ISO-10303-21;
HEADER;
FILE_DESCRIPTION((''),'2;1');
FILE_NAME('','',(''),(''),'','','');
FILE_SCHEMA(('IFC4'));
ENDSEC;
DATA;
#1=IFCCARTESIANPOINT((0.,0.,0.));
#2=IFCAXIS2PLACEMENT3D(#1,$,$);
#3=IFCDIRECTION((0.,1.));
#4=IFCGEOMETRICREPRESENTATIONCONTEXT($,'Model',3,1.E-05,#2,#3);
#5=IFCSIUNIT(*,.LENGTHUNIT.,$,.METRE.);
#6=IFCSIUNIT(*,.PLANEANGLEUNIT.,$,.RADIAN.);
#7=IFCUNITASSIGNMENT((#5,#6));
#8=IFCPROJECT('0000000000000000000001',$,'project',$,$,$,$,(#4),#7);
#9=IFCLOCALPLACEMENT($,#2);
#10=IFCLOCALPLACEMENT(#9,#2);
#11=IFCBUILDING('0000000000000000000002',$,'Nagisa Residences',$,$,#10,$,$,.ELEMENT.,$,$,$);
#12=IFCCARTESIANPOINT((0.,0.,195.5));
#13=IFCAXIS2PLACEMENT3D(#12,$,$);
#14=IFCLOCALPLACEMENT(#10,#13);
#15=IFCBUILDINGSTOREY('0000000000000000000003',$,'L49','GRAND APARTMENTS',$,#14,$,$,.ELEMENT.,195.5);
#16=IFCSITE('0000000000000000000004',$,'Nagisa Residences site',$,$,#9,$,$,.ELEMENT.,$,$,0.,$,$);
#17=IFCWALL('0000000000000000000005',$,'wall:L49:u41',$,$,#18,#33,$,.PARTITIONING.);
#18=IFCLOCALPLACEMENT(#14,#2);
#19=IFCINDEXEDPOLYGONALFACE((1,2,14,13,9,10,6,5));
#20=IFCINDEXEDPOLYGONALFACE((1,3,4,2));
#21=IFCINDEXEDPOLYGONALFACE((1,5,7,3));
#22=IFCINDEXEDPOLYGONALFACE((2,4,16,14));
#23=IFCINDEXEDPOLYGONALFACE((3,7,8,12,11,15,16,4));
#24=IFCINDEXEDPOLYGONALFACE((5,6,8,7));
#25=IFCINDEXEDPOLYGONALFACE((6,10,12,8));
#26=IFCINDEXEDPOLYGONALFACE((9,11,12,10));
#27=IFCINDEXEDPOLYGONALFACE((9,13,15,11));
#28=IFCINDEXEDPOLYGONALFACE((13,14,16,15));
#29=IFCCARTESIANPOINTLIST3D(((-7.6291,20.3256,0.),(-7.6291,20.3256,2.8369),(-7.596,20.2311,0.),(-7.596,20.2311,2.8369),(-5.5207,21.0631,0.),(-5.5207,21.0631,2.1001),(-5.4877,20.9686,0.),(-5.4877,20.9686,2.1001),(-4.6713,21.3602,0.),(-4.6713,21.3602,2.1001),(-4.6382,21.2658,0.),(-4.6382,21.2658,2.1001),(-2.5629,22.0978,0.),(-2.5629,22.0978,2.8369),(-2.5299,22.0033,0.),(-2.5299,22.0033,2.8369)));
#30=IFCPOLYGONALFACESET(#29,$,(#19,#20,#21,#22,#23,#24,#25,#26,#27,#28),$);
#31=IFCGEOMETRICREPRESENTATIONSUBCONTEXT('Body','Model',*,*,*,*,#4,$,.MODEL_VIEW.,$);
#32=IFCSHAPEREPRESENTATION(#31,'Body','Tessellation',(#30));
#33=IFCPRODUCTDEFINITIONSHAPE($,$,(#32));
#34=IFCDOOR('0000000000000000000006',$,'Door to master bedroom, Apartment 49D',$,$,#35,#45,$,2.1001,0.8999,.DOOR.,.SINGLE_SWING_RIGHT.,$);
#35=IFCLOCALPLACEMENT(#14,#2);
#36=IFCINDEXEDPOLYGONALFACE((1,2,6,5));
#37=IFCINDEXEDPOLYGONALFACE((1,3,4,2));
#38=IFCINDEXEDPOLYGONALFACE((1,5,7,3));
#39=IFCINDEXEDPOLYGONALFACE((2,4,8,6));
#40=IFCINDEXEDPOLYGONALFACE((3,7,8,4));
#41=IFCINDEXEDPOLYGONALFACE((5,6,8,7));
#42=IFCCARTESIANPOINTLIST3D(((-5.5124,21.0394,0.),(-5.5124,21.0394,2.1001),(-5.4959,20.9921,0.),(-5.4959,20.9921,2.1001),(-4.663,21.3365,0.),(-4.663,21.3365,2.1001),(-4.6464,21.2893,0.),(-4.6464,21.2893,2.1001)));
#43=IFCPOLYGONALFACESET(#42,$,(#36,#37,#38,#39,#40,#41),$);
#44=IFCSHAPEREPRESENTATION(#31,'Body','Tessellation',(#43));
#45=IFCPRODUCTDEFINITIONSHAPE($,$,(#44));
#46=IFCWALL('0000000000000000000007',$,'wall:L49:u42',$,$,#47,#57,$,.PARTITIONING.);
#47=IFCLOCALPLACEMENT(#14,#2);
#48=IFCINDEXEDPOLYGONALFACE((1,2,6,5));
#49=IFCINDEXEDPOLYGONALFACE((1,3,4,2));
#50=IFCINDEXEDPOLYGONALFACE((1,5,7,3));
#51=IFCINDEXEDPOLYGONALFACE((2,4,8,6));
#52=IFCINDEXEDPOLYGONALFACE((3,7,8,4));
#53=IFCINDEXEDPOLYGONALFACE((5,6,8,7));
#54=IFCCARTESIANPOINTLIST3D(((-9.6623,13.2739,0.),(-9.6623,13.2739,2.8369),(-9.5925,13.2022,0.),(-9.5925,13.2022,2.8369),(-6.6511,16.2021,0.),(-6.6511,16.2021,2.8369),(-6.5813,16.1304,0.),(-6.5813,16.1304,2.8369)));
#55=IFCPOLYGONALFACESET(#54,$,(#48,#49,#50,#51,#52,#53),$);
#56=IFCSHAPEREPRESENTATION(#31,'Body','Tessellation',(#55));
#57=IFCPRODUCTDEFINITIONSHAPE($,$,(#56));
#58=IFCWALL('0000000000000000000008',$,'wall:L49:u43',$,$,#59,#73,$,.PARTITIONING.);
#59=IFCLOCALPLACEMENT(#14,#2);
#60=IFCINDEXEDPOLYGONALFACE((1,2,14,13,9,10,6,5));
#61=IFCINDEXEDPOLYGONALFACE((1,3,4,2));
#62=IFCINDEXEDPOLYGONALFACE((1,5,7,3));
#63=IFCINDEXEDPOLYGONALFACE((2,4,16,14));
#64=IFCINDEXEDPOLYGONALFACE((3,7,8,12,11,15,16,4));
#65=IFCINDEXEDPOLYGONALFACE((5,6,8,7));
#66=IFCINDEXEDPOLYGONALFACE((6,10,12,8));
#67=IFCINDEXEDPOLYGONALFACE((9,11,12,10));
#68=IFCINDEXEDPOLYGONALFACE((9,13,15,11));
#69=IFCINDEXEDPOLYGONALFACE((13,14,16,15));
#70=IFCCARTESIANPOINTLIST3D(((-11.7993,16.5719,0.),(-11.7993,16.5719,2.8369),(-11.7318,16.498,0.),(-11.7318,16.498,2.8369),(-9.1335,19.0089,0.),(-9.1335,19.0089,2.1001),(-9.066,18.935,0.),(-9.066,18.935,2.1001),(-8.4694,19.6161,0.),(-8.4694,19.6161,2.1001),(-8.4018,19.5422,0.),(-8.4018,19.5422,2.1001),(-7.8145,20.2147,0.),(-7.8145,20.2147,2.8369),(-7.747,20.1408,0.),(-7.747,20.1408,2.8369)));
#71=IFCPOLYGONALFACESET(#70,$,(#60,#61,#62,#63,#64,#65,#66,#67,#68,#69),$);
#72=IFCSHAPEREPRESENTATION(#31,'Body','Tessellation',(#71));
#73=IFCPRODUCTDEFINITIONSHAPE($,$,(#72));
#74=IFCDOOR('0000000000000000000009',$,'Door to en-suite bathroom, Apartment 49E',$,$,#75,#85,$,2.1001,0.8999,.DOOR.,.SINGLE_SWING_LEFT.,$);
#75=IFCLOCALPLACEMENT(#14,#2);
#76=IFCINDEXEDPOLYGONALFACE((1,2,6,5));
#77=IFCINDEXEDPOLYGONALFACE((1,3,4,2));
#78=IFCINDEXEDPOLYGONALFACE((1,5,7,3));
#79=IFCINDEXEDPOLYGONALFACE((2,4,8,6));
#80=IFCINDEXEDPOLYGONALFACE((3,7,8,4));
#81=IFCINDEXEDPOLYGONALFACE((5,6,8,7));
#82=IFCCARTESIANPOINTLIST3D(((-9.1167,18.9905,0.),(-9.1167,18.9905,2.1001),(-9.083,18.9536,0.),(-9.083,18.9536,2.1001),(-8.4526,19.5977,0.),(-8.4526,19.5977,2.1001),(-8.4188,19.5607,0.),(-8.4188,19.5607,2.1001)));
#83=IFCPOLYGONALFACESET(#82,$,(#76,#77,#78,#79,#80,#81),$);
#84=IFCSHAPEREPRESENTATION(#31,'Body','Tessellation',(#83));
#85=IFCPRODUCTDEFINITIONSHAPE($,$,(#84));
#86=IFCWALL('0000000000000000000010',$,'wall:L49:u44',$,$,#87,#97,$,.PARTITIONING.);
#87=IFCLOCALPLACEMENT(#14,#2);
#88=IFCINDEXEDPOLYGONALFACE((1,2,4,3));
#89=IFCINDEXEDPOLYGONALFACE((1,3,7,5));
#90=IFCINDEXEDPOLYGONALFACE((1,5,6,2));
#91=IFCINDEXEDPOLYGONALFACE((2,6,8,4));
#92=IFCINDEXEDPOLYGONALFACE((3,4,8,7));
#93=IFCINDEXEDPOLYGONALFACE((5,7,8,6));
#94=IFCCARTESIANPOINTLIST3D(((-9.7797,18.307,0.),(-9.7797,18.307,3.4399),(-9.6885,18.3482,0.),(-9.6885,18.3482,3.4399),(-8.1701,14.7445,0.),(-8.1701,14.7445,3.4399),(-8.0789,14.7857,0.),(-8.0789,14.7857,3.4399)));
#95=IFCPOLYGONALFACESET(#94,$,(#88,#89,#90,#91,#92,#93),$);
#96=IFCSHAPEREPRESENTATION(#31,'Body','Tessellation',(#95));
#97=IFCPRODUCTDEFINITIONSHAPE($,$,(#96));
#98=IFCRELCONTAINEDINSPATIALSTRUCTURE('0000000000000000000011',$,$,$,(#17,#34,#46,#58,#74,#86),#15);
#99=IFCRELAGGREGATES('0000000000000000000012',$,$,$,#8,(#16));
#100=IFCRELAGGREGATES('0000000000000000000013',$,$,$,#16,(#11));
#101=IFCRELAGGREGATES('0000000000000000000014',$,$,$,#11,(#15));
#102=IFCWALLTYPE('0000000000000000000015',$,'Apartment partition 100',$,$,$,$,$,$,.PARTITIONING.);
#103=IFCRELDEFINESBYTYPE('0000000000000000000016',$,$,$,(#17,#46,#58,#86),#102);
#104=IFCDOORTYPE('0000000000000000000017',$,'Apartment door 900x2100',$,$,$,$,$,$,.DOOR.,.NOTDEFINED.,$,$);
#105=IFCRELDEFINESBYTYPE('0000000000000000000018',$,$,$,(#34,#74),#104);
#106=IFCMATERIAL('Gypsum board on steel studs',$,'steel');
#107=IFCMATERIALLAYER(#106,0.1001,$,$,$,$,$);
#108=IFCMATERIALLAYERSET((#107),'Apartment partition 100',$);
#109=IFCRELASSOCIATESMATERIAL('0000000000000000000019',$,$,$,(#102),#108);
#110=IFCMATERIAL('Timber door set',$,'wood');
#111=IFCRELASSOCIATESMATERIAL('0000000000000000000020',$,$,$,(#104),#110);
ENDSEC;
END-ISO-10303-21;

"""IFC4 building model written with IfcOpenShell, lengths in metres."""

from ifc_helpers import new_model, si_unit, direction, frame, frame_2d, origin, place, context, subcontext, project, spatial, rectangle, extrude, material, layer, layer_set, type_object, element, fill, save


model = new_model("IFC4")

# Units and contexts
model_context = context("Model", 3, precision=1e-05, world=origin(), true_north=direction((0.0, 1.0)))
body_context = subcontext(model_context, "Body", "Model", "MODEL_VIEW")
ifc_project = project(units=[si_unit("LENGTHUNIT", "METRE"), si_unit("PLANEANGLEUNIT", "RADIAN")], contexts=[model_context])

# Site, building, storey
site_placement = place(None, origin())
site = spatial("IfcSite", under=ifc_project, at=site_placement, Name="Nagisa Residences site", CompositionType="ELEMENT", RefElevation=0.0)
building_placement = place(site_placement, origin())
building = spatial("IfcBuilding", under=site, at=building_placement, Name="Nagisa Residences", CompositionType="ELEMENT")
storey_placement = place(building_placement, frame((0.0, 0.0, 195.5)))
storey = spatial("IfcBuildingStorey", under=building, at=storey_placement, Name="L49", Description="GRAND APARTMENTS", CompositionType="ELEMENT", Elevation=195.5)

# Shared definitions
ifc_material_1 = material(Name="Gypsum board on steel studs", Category="steel")
ifc_layer_1 = layer(ifc_material_1, 0.1001)
ifc_layer_set_1 = layer_set([ifc_layer_1], Name="Apartment partition 100")
wall_type_1 = type_object("IfcWallType", Name="Apartment partition 100", PredefinedType="PARTITIONING", material=ifc_layer_set_1)

# Shared definitions
ifc_material_2 = material(Name="Timber door set", Category="wood")
door_type_1 = type_object("IfcDoorType", Name="Apartment door 900x2100", OperationType="NOTDEFINED", PredefinedType="DOOR", material=ifc_material_2)

# Wall, opening, door
wall_1_placement = place(storey_placement, frame((-2.5464, 22.0505, 0.0), z_axis=(0.0, 0.0, 1.0), x_axis=(-0.943913, -0.330194, 0.0)))
wall_1 = element("IfcWall", 1, at=wall_1_placement, inside=storey, type_object=wall_type_1, Name="wall:L49:u41", PredefinedType="PARTITIONING", context=body_context, shape_type="SweptSolid", body=[
    extrude(rectangle(XDim=5.3672, YDim=0.1001, at=frame_2d((2.6836, 0.0))), origin(), (0.0, 0.0, 1.0), 2.8369),
])
opening_1_placement = place(wall_1_placement, frame((2.2336, 0.0, 0.0)))
opening_1 = element("IfcOpeningElement", 2, at=opening_1_placement, cuts=wall_1, PredefinedType="OPENING", context=body_context, shape_type="SweptSolid", body=[
    extrude(rectangle(XDim=0.8999, YDim=2.1001, at=frame_2d((0.45, 1.05))), frame((0.0, 0.0601, 0.0), z_axis=(0.0, -1.0, 0.0), x_axis=(1.0, 0.0, 0.0)), (0.0, 0.0, 1.0), 0.1201),
])
door_1_placement = place(opening_1_placement, frame((0.8999, 0.0, 0.0), x_axis=(-1.0, 0.0, 0.0)))
door_1 = element("IfcDoor", 3, at=door_1_placement, inside=storey, type_object=door_type_1, Name="Door to master bedroom, Apartment 49D", OperationType="SINGLE_SWING_RIGHT", OverallHeight=2.1001, OverallWidth=0.8999, PredefinedType="DOOR", context=body_context, shape_type="SweptSolid", body=[
    extrude(rectangle(XDim=0.8999, YDim=2.1001, at=frame_2d((0.45, 1.05))), frame((0.0, 0.0249, 0.0), z_axis=(0.0, -1.0, 0.0), x_axis=(1.0, 0.0, 0.0)), (0.0, 0.0, 1.0), 0.05),
])
fill(opening_1, door_1)

# Wall
wall_2_placement = place(storey_placement, frame((-6.6162, 16.1663, 0.0), z_axis=(0.0, 0.0, 1.0), x_axis=(-0.716919, -0.697156, 0.0)))
element("IfcWall", 4, at=wall_2_placement, inside=storey, type_object=wall_type_1, Name="wall:L49:u42", PredefinedType="PARTITIONING", context=body_context, shape_type="SweptSolid", body=[
    extrude(rectangle(XDim=4.2002, YDim=0.1001, at=frame_2d((2.1001, 0.0))), origin(), (0.0, 0.0, 1.0), 2.8369),
])

# Wall, opening, door
wall_3_placement = place(storey_placement, frame((-7.7808, 20.1777, 0.0), z_axis=(0.0, 0.0, 1.0), x_axis=(-0.738073, -0.674721, 0.0)))
wall_3 = element("IfcWall", 5, at=wall_3_placement, inside=storey, type_object=wall_type_1, Name="wall:L49:u43", PredefinedType="PARTITIONING", context=body_context, shape_type="SweptSolid", body=[
    extrude(rectangle(XDim=5.3989, YDim=0.1001, at=frame_2d((2.6995, 0.0))), origin(), (0.0, 0.0, 1.0), 2.8369),
])
opening_2_placement = place(wall_3_placement, frame((0.8872, 0.0, 0.0)))
opening_2 = element("IfcOpeningElement", 6, at=opening_2_placement, cuts=wall_3, PredefinedType="OPENING", context=body_context, shape_type="SweptSolid", body=[
    extrude(rectangle(XDim=0.8999, YDim=2.1001, at=frame_2d((0.45, 1.05))), frame((0.0, 0.0601, 0.0), z_axis=(0.0, -1.0, 0.0), x_axis=(1.0, 0.0, 0.0)), (0.0, 0.0, 1.0), 0.1201),
])
door_2_placement = place(opening_2_placement, origin())
door_2 = element("IfcDoor", 7, at=door_2_placement, inside=storey, type_object=door_type_1, Name="Door to en-suite bathroom, Apartment 49E", OperationType="SINGLE_SWING_LEFT", OverallHeight=2.1001, OverallWidth=0.8999, PredefinedType="DOOR", context=body_context, shape_type="SweptSolid", body=[
    extrude(rectangle(XDim=0.8999, YDim=2.1001, at=frame_2d((0.45, 1.05))), frame((0.0, 0.0249, 0.0), z_axis=(0.0, -1.0, 0.0), x_axis=(1.0, 0.0, 0.0)), (0.0, 0.0, 1.0), 0.05),
])
fill(opening_2, door_2)

# Wall
wall_4_placement = place(storey_placement, frame((-8.1245, 14.7651, 0.0), z_axis=(0.0, 0.0, 1.0), x_axis=(-0.411746, 0.911299, 0.0)))
element("IfcWall", 8, at=wall_4_placement, inside=storey, type_object=wall_type_1, Name="wall:L49:u44", PredefinedType="PARTITIONING", context=body_context, shape_type="SweptSolid", body=[
    extrude(rectangle(XDim=3.9092, YDim=0.1001, at=frame_2d((1.9546, 0.0))), origin(), (0.0, 0.0, 1.0), 3.4399),
])

save(model, "model.ifc")
